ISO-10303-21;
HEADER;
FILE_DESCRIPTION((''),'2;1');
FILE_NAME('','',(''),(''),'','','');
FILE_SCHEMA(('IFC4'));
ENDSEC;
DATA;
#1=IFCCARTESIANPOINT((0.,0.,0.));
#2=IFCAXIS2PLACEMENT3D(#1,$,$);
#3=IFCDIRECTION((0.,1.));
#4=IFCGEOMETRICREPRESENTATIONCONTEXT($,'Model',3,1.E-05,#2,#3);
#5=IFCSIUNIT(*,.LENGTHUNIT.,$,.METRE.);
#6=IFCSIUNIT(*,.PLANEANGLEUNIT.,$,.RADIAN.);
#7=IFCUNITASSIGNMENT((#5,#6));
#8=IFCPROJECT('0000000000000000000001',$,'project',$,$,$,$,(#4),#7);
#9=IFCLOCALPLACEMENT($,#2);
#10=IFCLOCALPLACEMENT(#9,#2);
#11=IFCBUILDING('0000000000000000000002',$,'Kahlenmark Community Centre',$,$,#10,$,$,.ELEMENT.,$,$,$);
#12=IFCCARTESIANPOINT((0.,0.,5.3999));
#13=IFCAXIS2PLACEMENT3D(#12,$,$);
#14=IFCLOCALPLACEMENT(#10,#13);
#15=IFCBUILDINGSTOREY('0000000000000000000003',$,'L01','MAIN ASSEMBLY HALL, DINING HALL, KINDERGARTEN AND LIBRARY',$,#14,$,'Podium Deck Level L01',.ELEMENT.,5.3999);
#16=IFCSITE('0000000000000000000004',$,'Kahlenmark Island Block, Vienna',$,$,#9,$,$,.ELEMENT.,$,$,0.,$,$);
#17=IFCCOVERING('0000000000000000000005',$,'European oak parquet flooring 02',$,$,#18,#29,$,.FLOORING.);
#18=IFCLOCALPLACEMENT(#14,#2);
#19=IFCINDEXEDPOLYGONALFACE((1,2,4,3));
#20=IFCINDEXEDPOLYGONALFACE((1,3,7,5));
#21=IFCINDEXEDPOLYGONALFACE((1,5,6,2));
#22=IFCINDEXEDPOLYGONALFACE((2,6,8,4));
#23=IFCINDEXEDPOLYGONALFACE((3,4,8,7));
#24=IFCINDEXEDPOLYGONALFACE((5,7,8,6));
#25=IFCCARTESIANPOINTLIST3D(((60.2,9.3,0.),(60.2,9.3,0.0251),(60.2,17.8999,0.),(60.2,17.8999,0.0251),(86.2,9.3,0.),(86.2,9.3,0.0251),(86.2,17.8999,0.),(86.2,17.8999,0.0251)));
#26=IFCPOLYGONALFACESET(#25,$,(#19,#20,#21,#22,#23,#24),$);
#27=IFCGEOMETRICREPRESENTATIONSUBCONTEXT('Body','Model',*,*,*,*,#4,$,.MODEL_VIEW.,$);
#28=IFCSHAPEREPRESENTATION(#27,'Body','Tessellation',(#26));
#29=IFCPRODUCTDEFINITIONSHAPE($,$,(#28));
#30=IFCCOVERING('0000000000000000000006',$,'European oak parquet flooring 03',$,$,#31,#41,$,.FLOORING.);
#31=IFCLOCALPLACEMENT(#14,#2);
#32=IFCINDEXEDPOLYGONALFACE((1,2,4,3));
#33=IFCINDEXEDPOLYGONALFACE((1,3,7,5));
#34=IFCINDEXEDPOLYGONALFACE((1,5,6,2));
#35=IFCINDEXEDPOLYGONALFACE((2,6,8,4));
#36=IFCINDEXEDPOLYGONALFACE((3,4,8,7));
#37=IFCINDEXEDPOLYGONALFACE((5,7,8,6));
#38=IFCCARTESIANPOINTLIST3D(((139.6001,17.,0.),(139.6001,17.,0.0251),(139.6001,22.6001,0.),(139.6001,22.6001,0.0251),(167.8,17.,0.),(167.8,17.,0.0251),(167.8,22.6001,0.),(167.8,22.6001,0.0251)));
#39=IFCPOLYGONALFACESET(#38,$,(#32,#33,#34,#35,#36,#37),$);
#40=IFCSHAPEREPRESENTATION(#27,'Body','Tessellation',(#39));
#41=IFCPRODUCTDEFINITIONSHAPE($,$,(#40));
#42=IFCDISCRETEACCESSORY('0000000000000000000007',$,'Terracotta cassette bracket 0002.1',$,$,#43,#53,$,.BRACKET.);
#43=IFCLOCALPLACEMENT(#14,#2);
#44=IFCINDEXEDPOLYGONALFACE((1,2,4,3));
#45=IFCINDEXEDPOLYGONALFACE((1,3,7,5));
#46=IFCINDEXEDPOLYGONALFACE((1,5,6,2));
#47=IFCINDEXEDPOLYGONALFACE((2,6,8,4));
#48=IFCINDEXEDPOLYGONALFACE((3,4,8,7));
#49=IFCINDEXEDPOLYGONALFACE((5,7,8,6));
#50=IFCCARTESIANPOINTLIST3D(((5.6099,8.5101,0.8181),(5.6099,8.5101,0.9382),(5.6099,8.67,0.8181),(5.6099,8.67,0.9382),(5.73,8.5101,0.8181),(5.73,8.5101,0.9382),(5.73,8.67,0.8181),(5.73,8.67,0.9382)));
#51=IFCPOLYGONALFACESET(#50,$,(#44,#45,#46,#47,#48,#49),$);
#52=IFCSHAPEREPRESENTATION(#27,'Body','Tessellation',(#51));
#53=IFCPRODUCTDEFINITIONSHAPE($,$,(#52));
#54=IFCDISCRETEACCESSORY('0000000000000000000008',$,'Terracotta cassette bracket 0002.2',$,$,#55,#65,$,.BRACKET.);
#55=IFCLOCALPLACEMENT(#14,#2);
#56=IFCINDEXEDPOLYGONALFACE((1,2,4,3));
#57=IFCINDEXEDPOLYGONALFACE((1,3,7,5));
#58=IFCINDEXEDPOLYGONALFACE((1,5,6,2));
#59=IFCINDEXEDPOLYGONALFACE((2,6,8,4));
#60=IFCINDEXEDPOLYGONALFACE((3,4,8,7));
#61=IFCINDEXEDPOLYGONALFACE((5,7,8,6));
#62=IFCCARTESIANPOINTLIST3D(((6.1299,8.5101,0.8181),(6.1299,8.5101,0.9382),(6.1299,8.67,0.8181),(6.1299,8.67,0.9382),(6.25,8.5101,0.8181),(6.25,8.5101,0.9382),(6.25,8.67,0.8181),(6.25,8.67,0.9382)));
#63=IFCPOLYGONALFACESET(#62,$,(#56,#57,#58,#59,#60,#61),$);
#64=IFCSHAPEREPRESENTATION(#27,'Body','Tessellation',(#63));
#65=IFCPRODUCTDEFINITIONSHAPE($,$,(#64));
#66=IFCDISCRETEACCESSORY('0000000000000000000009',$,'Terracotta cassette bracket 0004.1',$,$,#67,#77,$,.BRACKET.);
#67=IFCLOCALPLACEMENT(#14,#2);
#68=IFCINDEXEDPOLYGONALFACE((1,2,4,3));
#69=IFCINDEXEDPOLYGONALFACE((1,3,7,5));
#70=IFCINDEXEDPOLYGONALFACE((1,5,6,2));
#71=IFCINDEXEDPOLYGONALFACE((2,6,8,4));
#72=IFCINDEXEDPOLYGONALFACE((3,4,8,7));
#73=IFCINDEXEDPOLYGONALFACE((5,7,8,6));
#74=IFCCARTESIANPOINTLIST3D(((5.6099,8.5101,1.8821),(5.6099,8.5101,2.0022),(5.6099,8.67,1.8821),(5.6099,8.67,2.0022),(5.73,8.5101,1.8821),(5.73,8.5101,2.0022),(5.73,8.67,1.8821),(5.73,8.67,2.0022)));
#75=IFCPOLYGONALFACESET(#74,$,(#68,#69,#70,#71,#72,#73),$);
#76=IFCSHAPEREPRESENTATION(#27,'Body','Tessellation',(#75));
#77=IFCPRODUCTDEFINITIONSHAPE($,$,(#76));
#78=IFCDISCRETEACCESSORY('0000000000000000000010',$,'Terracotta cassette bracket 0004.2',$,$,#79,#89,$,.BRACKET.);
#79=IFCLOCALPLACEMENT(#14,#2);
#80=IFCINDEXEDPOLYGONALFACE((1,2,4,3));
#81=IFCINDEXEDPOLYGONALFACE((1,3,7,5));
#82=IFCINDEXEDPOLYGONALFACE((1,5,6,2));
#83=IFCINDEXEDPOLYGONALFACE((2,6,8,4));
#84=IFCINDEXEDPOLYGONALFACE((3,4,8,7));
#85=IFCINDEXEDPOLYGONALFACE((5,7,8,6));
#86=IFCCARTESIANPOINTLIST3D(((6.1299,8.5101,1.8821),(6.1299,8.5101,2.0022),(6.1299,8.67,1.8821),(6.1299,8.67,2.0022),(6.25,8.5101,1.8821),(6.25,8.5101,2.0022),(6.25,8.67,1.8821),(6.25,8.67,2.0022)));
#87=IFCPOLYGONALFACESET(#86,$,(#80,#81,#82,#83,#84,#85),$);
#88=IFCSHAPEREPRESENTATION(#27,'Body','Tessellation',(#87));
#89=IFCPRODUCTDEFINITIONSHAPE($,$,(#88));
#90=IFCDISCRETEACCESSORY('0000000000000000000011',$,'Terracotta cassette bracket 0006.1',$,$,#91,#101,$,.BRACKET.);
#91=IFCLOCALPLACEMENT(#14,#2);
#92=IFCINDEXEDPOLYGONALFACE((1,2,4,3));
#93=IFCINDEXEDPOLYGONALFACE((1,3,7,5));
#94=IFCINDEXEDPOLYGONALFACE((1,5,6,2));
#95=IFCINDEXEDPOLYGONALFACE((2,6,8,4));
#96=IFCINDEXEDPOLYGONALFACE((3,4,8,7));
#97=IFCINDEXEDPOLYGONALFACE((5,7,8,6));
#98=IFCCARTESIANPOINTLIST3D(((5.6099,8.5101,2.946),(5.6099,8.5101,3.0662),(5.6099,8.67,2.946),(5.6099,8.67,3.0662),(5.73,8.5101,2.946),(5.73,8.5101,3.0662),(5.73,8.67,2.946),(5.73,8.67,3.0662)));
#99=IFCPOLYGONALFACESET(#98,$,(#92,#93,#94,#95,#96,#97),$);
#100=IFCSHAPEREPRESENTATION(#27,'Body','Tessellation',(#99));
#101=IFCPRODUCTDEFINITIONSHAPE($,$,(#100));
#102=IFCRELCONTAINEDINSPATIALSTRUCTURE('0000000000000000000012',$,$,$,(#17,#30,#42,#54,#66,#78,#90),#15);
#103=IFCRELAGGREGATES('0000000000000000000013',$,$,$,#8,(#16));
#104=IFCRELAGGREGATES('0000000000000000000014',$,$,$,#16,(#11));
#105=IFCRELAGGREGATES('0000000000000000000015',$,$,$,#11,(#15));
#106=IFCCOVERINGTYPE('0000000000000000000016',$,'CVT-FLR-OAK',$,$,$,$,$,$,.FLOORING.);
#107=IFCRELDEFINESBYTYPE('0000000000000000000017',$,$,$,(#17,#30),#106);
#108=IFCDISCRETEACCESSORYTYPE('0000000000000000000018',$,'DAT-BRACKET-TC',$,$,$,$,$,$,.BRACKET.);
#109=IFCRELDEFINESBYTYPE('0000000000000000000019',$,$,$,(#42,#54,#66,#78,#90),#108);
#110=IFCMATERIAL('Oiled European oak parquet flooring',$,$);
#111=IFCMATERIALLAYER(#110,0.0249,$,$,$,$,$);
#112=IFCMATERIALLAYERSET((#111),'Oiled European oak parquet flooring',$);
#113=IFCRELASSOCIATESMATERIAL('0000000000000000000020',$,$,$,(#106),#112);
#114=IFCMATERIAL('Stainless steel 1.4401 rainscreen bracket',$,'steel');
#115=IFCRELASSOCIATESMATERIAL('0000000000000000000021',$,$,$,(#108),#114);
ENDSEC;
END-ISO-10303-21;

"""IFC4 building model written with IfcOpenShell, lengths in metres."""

from ifc_helpers import new_model, si_unit, direction, frame, origin, origin_2d, place, context, subcontext, project, spatial, polyline, rectangle, outline, extrude, material, layer, layer_set, type_object, element, save


model = new_model("IFC4")

# Units and contexts
model_context = context("Model", 3, precision=1e-05, world=origin(), true_north=direction((0.0, 1.0)))
body_context = subcontext(model_context, "Body", "Model", "MODEL_VIEW")
ifc_project = project(units=[si_unit("LENGTHUNIT", "METRE"), si_unit("PLANEANGLEUNIT", "RADIAN")], contexts=[model_context])

# Site, building, storey
site_placement = place(None, origin())
site = spatial("IfcSite", under=ifc_project, at=site_placement, Name="Kahlenmark Island Block, Vienna", CompositionType="ELEMENT", RefElevation=0.0)
building_placement = place(site_placement, origin())
building = spatial("IfcBuilding", under=site, at=building_placement, Name="Kahlenmark Community Centre", CompositionType="ELEMENT")
storey_placement = place(building_placement, frame((0.0, 0.0, 5.3999)))
storey = spatial("IfcBuildingStorey", under=building, at=storey_placement, Name="L01", Description="MAIN ASSEMBLY HALL, DINING HALL, KINDERGARTEN AND LIBRARY", LongName="Podium Deck Level L01", CompositionType="ELEMENT", Elevation=5.3999)

# Coverings
ifc_material_1 = material(Name="Oiled European oak parquet flooring")
ifc_layer_1 = layer(ifc_material_1, 0.0249)
ifc_layer_set_1 = layer_set([ifc_layer_1], Name="Oiled European oak parquet flooring")
covering_type_1 = type_object("IfcCoveringType", Name="CVT-FLR-OAK", PredefinedType="FLOORING", material=ifc_layer_set_1)
covering_1_placement = place(storey_placement, origin())
element("IfcCovering", 1, at=covering_1_placement, inside=storey, type_object=covering_type_1, Name="European oak parquet flooring 02", PredefinedType="FLOORING", context=body_context, shape_type="SweptSolid", body=[
    extrude(outline(polyline([(60.2, 9.3), (86.2, 9.3), (86.2, 17.8999), (60.2, 17.8999), (60.2, 9.3)])), origin(), (0.0, 0.0, 1.0), 0.0251),
])
covering_2_placement = place(storey_placement, origin())
element("IfcCovering", 2, at=covering_2_placement, inside=storey, type_object=covering_type_1, Name="European oak parquet flooring 03", PredefinedType="FLOORING", context=body_context, shape_type="SweptSolid", body=[
    extrude(outline(polyline([(139.6001, 17.0), (167.8, 17.0), (167.8, 22.6001), (139.6001, 22.6001), (139.6001, 17.0)])), origin(), (0.0, 0.0, 1.0), 0.0251),
])

# Discrete accessories
ifc_material_2 = material(Name="Stainless steel 1.4401 rainscreen bracket", Category="steel")
discrete_accessory_type = type_object("IfcDiscreteAccessoryType", Name="DAT-BRACKET-TC", PredefinedType="BRACKET", material=ifc_material_2)
for number, where, z_axis, x_axis, name in (
    (3, (5.6699, 8.5901, 0.8181), (0.0, 0.0, 1.0), (1.0, 0.0, 0.0), "Terracotta cassette bracket 0002.1"),
    (4, (6.1899, 8.5901, 0.8181), (0.0, 0.0, 1.0), (1.0, 0.0, 0.0), "Terracotta cassette bracket 0002.2"),
    (5, (5.6699, 8.5901, 1.8821), (0.0, 0.0, 1.0), (1.0, 0.0, 0.0), "Terracotta cassette bracket 0004.1"),
    (6, (6.1899, 8.5901, 1.8821), (0.0, 0.0, 1.0), (1.0, 0.0, 0.0), "Terracotta cassette bracket 0004.2"),
    (7, (5.6699, 8.5901, 2.946), (0.0, 0.0, 1.0), (1.0, 0.0, 0.0), "Terracotta cassette bracket 0006.1"),
):
    element("IfcDiscreteAccessory", number, at=place(storey_placement, frame(where, z_axis=z_axis, x_axis=x_axis)), inside=storey, type_object=discrete_accessory_type, Name=name, PredefinedType="BRACKET", context=body_context, shape_type="SweptSolid", body=[
        extrude(rectangle(XDim=0.1201, YDim=0.1599, at=origin_2d()), origin(), (0.0, 0.0, 1.0), 0.1201),
    ])

save(model, "model.ifc")
